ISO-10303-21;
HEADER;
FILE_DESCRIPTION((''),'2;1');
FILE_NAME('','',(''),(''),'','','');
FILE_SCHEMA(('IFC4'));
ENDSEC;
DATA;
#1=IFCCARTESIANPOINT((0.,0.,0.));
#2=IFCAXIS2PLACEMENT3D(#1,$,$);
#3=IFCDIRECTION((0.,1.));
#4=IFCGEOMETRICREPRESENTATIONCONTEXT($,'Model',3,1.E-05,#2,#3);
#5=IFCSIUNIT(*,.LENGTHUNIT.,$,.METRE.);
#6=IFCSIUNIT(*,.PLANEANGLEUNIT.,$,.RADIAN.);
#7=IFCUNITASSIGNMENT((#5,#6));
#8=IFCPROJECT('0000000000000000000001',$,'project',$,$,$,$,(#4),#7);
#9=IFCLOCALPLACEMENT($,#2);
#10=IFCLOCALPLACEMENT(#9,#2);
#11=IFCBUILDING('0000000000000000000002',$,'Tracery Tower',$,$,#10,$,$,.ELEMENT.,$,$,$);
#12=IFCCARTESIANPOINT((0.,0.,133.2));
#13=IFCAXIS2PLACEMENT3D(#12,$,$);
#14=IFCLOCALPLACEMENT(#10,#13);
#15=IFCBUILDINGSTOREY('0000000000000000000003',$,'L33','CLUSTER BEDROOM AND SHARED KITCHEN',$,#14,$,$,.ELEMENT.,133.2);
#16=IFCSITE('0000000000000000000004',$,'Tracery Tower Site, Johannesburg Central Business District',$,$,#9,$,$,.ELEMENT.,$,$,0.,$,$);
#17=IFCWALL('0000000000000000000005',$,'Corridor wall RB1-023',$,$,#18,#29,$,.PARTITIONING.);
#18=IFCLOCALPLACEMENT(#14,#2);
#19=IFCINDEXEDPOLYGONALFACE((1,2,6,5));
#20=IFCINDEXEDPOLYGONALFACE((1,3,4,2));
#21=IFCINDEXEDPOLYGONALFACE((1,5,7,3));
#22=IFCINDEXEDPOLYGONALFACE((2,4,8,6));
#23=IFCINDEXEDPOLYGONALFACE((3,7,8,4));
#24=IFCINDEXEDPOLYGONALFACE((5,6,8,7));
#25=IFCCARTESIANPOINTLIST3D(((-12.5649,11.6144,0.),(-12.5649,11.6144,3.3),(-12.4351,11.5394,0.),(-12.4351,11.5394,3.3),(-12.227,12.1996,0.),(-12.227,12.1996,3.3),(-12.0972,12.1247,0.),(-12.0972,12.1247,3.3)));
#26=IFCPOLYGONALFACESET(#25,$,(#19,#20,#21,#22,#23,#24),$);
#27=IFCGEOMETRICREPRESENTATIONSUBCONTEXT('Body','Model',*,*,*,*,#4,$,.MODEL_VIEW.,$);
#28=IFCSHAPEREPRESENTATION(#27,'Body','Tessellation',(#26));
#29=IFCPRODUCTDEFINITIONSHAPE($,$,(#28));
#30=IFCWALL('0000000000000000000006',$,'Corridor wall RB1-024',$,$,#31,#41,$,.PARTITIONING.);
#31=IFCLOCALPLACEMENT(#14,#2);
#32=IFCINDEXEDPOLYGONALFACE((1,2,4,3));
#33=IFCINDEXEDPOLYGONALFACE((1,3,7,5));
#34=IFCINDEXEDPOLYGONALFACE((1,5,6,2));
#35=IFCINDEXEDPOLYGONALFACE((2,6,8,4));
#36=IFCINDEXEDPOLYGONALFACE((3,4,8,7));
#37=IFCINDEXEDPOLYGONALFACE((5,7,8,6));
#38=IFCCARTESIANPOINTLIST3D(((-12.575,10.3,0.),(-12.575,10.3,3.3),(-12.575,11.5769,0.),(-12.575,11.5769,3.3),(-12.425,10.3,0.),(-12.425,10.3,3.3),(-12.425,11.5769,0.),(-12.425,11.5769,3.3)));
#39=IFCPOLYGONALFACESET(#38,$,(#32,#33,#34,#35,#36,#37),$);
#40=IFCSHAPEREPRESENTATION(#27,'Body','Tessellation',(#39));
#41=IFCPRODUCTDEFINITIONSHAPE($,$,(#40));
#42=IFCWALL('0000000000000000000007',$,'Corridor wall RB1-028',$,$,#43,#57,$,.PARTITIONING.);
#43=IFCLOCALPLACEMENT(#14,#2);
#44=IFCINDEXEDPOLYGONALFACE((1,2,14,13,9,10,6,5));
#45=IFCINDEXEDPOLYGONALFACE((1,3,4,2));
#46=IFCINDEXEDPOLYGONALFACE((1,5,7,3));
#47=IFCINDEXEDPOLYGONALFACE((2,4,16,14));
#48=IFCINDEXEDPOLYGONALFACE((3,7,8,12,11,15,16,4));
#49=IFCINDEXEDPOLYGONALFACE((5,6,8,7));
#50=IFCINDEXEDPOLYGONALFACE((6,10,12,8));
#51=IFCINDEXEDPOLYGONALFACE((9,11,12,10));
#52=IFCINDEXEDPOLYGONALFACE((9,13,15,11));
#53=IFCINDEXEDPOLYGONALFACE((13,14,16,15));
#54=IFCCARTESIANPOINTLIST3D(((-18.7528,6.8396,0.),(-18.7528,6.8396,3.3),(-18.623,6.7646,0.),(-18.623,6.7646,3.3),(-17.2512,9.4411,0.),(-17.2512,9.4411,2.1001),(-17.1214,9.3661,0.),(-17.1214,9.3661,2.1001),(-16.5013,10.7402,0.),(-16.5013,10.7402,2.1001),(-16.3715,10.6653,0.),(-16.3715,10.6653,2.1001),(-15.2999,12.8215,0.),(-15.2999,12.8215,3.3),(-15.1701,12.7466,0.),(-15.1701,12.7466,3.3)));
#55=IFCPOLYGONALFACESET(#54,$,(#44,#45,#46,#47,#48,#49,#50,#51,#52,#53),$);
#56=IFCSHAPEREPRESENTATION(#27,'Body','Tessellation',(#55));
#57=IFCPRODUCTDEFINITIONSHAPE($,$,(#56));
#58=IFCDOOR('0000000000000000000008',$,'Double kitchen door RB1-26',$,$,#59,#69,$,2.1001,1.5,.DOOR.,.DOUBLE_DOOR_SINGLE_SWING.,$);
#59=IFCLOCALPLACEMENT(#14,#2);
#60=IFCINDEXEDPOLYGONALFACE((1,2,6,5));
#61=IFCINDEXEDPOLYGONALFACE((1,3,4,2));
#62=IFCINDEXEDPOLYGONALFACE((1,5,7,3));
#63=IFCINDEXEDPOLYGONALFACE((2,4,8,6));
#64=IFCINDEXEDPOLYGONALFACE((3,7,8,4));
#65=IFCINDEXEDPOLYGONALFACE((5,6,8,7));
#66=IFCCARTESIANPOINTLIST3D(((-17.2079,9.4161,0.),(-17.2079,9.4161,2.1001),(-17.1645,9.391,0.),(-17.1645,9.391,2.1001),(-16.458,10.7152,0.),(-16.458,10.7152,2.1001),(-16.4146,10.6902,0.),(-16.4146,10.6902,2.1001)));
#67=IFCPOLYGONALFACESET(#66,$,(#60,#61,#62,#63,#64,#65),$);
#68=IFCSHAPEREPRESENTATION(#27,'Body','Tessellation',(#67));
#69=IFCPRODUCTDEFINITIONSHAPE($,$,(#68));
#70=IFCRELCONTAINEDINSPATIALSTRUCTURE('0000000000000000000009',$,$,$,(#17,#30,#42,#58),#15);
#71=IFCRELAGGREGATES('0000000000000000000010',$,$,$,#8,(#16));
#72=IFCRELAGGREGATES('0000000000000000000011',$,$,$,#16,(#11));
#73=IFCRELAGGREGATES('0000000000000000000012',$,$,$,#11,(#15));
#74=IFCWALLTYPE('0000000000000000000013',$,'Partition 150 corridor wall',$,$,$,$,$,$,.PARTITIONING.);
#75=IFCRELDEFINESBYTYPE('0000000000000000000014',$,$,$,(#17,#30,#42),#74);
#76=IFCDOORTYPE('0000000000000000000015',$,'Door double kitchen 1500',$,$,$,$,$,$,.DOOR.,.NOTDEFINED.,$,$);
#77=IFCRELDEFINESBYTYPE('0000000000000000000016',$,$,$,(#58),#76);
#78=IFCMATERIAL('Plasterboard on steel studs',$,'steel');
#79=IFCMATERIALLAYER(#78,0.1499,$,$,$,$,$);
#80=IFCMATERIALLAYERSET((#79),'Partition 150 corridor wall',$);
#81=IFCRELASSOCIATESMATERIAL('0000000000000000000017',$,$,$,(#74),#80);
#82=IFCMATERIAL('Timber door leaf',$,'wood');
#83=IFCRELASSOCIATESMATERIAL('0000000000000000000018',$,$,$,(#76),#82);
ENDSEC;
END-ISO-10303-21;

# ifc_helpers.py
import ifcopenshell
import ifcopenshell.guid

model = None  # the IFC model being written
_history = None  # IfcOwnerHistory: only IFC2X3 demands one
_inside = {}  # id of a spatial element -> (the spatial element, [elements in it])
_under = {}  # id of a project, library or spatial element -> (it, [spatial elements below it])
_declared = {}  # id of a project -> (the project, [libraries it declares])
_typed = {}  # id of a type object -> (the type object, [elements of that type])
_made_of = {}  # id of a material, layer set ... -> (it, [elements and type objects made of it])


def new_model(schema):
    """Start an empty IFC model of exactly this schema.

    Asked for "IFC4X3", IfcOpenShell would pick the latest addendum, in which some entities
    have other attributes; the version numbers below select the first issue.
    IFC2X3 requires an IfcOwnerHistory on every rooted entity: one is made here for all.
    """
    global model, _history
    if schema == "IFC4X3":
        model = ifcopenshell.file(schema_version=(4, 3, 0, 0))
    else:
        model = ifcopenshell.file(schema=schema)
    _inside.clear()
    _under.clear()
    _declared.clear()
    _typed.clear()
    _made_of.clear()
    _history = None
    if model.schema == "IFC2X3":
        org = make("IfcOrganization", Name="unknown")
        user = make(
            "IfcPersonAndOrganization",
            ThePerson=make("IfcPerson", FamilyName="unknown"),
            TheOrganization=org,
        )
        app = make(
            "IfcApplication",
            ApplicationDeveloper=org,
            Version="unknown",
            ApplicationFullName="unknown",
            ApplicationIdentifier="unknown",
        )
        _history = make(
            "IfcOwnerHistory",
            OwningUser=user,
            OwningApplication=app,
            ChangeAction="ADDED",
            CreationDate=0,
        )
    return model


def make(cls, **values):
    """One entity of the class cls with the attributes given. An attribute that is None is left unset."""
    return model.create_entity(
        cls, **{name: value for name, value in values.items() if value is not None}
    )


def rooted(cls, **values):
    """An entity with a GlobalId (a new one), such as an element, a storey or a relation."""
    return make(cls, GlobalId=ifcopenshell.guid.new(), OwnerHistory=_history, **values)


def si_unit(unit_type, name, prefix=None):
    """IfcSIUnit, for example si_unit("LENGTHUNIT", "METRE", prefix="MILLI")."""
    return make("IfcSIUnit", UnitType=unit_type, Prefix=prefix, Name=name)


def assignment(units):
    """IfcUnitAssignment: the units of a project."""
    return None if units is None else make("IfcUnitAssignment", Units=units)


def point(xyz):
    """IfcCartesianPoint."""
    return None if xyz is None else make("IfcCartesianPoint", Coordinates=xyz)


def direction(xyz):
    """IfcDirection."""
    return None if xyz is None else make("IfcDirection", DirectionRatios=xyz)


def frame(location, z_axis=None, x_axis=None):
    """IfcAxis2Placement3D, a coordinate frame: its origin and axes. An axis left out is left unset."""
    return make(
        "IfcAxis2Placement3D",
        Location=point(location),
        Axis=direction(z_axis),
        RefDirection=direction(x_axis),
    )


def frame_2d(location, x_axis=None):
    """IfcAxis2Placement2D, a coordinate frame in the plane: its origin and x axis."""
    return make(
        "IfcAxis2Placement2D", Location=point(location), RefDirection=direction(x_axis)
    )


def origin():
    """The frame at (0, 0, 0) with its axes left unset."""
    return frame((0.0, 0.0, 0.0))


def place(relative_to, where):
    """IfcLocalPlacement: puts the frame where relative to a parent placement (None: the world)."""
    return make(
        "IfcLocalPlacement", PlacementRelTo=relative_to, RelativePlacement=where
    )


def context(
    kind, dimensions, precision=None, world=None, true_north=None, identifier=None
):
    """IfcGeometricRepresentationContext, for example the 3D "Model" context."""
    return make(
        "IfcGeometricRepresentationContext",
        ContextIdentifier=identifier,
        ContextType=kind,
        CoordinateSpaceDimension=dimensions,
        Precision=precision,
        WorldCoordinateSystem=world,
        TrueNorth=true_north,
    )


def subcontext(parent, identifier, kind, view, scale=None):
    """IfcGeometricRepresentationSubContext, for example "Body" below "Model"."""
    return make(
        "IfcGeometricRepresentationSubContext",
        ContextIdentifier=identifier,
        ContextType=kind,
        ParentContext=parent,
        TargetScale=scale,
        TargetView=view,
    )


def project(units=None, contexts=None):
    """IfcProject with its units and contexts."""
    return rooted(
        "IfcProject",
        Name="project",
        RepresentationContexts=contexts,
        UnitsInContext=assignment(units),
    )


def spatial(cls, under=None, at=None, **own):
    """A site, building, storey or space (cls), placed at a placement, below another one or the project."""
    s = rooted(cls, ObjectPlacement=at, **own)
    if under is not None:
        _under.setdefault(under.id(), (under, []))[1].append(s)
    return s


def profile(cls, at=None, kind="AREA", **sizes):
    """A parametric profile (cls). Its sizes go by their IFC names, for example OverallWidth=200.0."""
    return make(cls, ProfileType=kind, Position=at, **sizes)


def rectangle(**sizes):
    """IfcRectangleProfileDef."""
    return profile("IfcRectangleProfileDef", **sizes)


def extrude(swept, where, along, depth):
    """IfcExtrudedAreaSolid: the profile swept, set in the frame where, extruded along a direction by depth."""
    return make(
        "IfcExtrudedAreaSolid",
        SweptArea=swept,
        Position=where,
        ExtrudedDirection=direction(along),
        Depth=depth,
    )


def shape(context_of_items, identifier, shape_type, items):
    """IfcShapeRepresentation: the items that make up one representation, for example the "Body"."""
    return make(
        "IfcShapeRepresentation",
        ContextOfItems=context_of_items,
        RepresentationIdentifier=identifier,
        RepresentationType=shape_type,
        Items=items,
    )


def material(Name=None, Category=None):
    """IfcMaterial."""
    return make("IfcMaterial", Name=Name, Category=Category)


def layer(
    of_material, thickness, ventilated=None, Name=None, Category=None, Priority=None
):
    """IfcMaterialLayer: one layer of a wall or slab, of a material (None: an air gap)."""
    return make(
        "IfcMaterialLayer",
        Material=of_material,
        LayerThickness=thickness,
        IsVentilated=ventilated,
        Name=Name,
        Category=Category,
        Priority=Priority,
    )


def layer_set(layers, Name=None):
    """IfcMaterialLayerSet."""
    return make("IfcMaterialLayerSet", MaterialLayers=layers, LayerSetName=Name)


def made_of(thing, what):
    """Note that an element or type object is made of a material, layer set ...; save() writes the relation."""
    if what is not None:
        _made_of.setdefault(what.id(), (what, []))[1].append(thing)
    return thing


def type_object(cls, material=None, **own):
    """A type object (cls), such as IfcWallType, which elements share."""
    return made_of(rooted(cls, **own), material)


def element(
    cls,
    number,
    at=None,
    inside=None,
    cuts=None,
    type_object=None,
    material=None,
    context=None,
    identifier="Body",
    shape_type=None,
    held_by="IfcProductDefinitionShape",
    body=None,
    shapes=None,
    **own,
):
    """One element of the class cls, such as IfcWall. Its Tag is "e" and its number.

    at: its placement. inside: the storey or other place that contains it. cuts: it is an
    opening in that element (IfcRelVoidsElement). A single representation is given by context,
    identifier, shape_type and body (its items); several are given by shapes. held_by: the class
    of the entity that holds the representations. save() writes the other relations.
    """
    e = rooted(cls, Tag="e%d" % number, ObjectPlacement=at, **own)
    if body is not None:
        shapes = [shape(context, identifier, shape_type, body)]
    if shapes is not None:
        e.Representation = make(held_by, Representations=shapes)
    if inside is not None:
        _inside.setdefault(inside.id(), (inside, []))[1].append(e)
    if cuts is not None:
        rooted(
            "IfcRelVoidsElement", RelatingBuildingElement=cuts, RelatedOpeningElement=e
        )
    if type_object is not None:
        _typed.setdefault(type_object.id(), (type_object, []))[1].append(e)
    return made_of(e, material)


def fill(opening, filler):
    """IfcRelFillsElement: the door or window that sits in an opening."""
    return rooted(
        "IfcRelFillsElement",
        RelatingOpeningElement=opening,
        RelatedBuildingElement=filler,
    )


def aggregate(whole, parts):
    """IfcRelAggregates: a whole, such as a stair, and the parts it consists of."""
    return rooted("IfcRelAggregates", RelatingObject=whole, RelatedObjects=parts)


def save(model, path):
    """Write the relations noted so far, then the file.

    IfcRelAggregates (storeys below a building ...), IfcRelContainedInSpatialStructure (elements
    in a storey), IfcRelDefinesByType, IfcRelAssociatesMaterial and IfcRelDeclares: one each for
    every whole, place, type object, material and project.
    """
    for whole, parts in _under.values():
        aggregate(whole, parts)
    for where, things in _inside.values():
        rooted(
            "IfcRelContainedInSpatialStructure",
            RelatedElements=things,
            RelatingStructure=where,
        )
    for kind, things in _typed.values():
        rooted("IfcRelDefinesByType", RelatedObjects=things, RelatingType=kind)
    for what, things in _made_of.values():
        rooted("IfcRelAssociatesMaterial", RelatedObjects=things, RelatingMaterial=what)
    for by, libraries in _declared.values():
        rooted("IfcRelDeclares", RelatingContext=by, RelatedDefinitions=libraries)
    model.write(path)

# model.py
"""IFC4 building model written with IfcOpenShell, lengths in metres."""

from ifc_helpers import new_model, si_unit, direction, frame, frame_2d, origin, place, context, subcontext, project, spatial, rectangle, extrude, material, layer, layer_set, type_object, element, fill, save


model = new_model("IFC4")

# Units and contexts
model_context = context("Model", 3, precision=1e-05, world=origin(), true_north=direction((0.0, 1.0)))
body_context = subcontext(model_context, "Body", "Model", "MODEL_VIEW")
ifc_project = project(units=[si_unit("LENGTHUNIT", "METRE"), si_unit("PLANEANGLEUNIT", "RADIAN")], contexts=[model_context])

# Site, building, storey
site_placement = place(None, origin())
site = spatial("IfcSite", under=ifc_project, at=site_placement, Name="Tracery Tower Site, Johannesburg Central Business District", CompositionType="ELEMENT", RefElevation=0.0)
building_placement = place(site_placement, origin())
building = spatial("IfcBuilding", under=site, at=building_placement, Name="Tracery Tower", CompositionType="ELEMENT")
storey_placement = place(building_placement, frame((0.0, 0.0, 133.2)))
storey = spatial("IfcBuildingStorey", under=building, at=storey_placement, Name="L33", Description="CLUSTER BEDROOM AND SHARED KITCHEN", CompositionType="ELEMENT", Elevation=133.2)

# Shared definitions
ifc_material_1 = material(Name="Plasterboard on steel studs", Category="steel")
ifc_layer_1 = layer(ifc_material_1, 0.1499)
ifc_layer_set_1 = layer_set([ifc_layer_1], Name="Partition 150 corridor wall")
wall_type_1 = type_object("IfcWallType", Name="Partition 150 corridor wall", PredefinedType="PARTITIONING", material=ifc_layer_set_1)

# Walls
wall_1_placement = place(storey_placement, frame((-12.5, 11.5769, 0.0), z_axis=(0.0, 0.0, 1.0), x_axis=(0.500025, 0.866011, 0.0)))
element("IfcWall", 1, at=wall_1_placement, inside=storey, type_object=wall_type_1, Name="Corridor wall RB1-023", PredefinedType="PARTITIONING", context=body_context, shape_type="SweptSolid", body=[
    extrude(rectangle(XDim=0.6758, YDim=0.1499, at=frame_2d((0.3379, 0.0))), origin(), (0.0, 0.0, 1.0), 3.3),
])
wall_2_placement = place(storey_placement, frame((-12.5, 10.3, 0.0), z_axis=(0.0, 0.0, 1.0), x_axis=(0.0, 1.0, 0.0)))
element("IfcWall", 2, at=wall_2_placement, inside=storey, type_object=wall_type_1, Name="Corridor wall RB1-024", PredefinedType="PARTITIONING", context=body_context, shape_type="SweptSolid", body=[
    extrude(rectangle(XDim=1.2769, YDim=0.1499, at=frame_2d((0.6384, 0.0))), origin(), (0.0, 0.0, 1.0), 3.3),
])

# Wall, opening, door
wall_3_placement = place(storey_placement, frame((-18.688, 6.802, 0.0), z_axis=(0.0, 0.0, 1.0), x_axis=(0.499914, 0.866075, 0.0)))
wall_3 = element("IfcWall", 3, at=wall_3_placement, inside=storey, type_object=wall_type_1, Name="Corridor wall RB1-028", PredefinedType="PARTITIONING", context=body_context, shape_type="SweptSolid", body=[
    extrude(rectangle(XDim=6.907, YDim=0.1499, at=frame_2d((3.4536, 0.0))), origin(), (0.0, 0.0, 1.0), 3.3),
])
opening_1_placement = place(wall_3_placement, frame((3.0039, 0.0, 0.0)))
opening_1 = element("IfcOpeningElement", 4, at=opening_1_placement, cuts=wall_3, PredefinedType="OPENING", context=body_context, shape_type="SweptSolid", body=[
    extrude(rectangle(XDim=1.5, YDim=2.1001, at=frame_2d((0.75, 1.05))), frame((0.0, 0.075, 0.0), z_axis=(0.0, -1.0, 0.0), x_axis=(1.0, 0.0, 0.0)), (0.0, 0.0, 1.0), 0.1499),
])
ifc_material_2 = material(Name="Timber door leaf", Category="wood")
door_type_1 = type_object("IfcDoorType", Name="Door double kitchen 1500", OperationType="NOTDEFINED", PredefinedType="DOOR", material=ifc_material_2)
door_1_placement = place(opening_1_placement, origin())
door_1 = element("IfcDoor", 5, at=door_1_placement, inside=storey, type_object=door_type_1, Name="Double kitchen door RB1-26", OperationType="DOUBLE_DOOR_SINGLE_SWING", OverallHeight=2.1001, OverallWidth=1.5, PredefinedType="DOOR", context=body_context, shape_type="SweptSolid", body=[
    extrude(rectangle(XDim=1.5, YDim=2.1001, at=frame_2d((0.75, 1.05))), frame((0.0, 0.0249, 0.0), z_axis=(0.0, -1.0, 0.0), x_axis=(1.0, 0.0, 0.0)), (0.0, 0.0, 1.0), 0.05),
])
fill(opening_1, door_1)

save(model, "model.ifc")
